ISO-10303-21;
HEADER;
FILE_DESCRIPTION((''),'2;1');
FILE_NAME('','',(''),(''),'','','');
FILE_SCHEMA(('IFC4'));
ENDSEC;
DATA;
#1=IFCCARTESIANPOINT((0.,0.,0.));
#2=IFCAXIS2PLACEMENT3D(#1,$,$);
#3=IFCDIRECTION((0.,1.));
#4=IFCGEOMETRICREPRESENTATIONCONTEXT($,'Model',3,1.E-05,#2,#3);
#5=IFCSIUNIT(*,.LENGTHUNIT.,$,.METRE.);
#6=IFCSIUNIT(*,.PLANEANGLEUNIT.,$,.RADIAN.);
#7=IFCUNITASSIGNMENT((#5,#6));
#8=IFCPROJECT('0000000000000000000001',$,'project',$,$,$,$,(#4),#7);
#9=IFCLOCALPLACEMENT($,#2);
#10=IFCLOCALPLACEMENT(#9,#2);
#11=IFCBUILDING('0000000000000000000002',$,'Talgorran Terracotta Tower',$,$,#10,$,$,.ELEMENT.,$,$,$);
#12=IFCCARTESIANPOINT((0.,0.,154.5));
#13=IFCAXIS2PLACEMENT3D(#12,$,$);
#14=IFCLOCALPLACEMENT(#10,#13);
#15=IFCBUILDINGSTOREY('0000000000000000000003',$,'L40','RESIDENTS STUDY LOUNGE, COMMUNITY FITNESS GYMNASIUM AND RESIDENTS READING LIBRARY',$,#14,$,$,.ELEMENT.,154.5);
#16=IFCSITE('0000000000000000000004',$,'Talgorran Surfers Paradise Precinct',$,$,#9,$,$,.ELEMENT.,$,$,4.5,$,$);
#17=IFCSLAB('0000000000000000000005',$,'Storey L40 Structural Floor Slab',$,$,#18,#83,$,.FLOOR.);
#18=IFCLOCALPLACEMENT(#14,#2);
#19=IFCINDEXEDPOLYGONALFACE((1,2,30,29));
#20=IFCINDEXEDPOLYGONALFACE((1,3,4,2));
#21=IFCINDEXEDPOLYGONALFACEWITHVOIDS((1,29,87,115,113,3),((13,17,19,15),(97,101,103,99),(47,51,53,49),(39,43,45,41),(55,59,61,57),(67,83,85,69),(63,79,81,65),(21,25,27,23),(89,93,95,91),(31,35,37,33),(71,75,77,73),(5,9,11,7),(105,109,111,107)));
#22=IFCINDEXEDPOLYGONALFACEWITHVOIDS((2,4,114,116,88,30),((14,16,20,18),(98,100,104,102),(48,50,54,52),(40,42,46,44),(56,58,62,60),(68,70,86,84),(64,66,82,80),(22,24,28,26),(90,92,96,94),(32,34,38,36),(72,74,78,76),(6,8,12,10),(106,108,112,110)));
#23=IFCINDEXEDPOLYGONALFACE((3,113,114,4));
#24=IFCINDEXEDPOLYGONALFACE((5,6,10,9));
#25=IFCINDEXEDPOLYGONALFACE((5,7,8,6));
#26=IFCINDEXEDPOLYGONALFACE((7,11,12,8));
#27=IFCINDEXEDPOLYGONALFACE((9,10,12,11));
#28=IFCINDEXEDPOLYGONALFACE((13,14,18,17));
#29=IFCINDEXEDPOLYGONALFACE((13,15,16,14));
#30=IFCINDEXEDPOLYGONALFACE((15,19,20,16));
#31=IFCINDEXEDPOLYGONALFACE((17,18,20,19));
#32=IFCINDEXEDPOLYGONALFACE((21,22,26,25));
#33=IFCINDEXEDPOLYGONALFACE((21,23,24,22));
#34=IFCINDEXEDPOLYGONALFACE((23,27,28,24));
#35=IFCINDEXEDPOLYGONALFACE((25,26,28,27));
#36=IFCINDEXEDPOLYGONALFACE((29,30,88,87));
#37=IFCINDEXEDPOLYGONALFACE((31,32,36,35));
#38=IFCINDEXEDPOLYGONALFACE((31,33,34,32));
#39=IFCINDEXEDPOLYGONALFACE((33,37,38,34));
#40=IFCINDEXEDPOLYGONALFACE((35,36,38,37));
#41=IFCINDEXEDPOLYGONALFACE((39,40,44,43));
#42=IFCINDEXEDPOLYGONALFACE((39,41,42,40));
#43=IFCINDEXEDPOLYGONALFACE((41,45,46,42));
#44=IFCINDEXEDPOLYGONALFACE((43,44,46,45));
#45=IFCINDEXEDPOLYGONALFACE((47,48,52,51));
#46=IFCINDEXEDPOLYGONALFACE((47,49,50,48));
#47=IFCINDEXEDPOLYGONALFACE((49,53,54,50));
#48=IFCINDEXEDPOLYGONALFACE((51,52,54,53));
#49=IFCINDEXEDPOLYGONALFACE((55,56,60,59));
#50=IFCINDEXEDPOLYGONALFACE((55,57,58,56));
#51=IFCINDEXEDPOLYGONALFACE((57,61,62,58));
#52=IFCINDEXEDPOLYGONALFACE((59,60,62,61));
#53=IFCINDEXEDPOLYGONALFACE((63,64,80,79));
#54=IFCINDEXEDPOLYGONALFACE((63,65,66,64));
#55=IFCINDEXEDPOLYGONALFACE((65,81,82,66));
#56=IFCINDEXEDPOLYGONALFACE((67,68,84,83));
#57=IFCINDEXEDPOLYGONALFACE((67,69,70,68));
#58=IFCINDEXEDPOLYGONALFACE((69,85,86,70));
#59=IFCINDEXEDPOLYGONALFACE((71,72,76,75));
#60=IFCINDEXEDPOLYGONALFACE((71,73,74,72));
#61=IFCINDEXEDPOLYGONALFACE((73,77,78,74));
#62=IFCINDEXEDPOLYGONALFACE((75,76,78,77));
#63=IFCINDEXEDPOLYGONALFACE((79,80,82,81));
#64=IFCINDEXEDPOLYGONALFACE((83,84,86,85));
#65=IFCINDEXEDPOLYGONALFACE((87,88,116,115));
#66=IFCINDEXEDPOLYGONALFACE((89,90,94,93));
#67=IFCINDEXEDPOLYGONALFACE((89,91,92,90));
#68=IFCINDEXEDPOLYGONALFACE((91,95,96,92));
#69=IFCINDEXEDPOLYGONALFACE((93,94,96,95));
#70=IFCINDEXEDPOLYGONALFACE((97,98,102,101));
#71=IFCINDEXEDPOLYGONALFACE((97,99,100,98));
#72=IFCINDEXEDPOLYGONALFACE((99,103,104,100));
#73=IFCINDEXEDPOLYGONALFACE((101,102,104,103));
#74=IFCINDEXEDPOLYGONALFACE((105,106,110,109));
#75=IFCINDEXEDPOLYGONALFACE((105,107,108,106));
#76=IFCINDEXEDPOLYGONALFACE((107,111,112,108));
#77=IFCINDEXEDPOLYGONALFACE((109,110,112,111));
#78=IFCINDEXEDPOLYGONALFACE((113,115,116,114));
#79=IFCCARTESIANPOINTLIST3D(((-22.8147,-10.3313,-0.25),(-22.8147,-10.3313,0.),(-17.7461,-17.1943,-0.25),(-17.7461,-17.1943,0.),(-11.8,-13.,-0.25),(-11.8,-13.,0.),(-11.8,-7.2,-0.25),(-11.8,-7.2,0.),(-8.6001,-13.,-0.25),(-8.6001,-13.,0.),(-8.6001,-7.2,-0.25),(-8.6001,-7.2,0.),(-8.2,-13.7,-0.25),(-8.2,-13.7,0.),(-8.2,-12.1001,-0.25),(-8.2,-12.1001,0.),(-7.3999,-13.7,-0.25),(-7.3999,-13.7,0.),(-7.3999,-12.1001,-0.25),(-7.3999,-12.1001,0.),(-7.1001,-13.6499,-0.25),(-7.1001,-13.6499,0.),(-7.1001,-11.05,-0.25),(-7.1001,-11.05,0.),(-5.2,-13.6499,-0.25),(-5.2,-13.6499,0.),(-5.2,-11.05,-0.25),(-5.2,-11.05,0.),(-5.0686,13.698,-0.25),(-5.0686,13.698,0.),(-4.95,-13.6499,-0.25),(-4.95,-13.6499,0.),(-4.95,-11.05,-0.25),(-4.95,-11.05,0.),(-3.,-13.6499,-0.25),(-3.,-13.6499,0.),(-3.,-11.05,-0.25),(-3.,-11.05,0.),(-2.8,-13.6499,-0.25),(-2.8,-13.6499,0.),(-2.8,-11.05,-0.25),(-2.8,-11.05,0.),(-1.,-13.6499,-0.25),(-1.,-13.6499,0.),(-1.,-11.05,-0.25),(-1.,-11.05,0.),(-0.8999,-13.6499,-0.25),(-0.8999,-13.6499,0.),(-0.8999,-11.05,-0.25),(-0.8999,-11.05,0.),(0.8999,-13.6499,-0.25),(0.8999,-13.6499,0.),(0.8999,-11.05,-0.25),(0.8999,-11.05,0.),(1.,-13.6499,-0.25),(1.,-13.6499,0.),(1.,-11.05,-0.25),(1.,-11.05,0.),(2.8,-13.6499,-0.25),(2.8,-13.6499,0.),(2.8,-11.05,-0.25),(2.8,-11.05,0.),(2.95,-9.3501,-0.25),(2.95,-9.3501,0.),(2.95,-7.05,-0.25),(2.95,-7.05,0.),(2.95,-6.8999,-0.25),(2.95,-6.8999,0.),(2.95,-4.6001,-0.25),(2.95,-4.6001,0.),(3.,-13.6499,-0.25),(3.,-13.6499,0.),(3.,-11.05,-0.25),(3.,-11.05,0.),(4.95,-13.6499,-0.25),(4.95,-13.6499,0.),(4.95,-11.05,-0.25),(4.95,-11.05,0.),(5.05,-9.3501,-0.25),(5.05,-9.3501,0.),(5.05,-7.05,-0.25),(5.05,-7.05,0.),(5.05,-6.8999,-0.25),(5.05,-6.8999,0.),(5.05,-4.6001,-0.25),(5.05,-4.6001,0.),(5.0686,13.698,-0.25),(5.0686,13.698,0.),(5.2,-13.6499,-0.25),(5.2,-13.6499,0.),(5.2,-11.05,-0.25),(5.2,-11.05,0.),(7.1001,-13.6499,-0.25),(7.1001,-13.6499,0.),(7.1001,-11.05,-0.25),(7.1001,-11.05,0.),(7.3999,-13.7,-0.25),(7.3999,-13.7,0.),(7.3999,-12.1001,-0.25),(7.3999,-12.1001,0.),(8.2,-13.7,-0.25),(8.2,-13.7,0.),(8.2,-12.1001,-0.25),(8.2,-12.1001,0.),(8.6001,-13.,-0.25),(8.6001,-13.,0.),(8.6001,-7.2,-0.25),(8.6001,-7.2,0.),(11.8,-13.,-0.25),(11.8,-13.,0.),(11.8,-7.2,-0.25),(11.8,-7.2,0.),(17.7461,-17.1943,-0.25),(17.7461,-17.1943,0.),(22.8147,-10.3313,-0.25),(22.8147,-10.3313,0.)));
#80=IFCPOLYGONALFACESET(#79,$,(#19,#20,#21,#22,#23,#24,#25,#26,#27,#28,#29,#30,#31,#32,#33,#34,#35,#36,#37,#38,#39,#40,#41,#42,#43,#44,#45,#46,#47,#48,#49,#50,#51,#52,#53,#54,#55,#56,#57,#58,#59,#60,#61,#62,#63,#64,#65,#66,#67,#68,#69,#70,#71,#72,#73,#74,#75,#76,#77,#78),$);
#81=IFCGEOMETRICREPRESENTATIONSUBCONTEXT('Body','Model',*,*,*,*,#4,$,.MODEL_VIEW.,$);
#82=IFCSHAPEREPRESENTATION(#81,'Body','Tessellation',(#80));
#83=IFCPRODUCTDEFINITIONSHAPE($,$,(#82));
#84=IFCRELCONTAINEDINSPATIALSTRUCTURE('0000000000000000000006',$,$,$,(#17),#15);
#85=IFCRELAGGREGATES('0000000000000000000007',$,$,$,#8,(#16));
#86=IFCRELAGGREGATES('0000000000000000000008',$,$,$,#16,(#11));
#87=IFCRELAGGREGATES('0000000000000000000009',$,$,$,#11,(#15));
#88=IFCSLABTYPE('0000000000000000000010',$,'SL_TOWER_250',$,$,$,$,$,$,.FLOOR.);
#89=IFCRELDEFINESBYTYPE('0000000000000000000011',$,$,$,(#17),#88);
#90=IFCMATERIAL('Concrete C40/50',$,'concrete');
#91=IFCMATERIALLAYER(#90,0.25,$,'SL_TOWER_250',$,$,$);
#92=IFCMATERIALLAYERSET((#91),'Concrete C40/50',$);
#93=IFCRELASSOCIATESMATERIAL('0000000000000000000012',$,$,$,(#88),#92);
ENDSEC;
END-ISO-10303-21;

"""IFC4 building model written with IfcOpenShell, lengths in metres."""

from ifc_helpers import new_model, si_unit, direction, frame, origin, place, context, subcontext, project, spatial, polyline, outline, extrude, material, layer, layer_set, type_object, element, save


model = new_model("IFC4")

# Units and contexts
model_context = context("Model", 3, precision=1e-05, world=origin(), true_north=direction((0.0, 1.0)))
body_context = subcontext(model_context, "Body", "Model", "MODEL_VIEW")
ifc_project = project(units=[si_unit("LENGTHUNIT", "METRE"), si_unit("PLANEANGLEUNIT", "RADIAN")], contexts=[model_context])

# Site, building, storey
site_placement = place(None, origin())
site = spatial("IfcSite", under=ifc_project, at=site_placement, Name="Talgorran Surfers Paradise Precinct", CompositionType="ELEMENT", RefElevation=4.5)
building_placement = place(site_placement, origin())
building = spatial("IfcBuilding", under=site, at=building_placement, Name="Talgorran Terracotta Tower", CompositionType="ELEMENT")
storey_placement = place(building_placement, frame((0.0, 0.0, 154.5)))
storey = spatial("IfcBuildingStorey", under=building, at=storey_placement, Name="L40", Description="RESIDENTS STUDY LOUNGE, COMMUNITY FITNESS GYMNASIUM AND RESIDENTS READING LIBRARY", CompositionType="ELEMENT", Elevation=154.5)

# Slab
ifc_material_1 = material(Name="Concrete C40/50", Category="concrete")
ifc_layer_1 = layer(ifc_material_1, 0.25, Name="SL_TOWER_250")
ifc_layer_set_1 = layer_set([ifc_layer_1], Name="Concrete C40/50")
slab_type_1 = type_object("IfcSlabType", Name="SL_TOWER_250", PredefinedType="FLOOR", material=ifc_layer_set_1)
slab_1_placement = place(storey_placement, frame((0.0, 0.0, -0.25)))
element("IfcSlab", 1, at=slab_1_placement, inside=storey, type_object=slab_type_1, Name="Storey L40 Structural Floor Slab", PredefinedType="FLOOR", context=body_context, shape_type="SweptSolid", body=[
    extrude(outline(polyline([(-22.8147, -10.3313), (-17.7461, -17.1943), (17.7461, -17.1943), (22.8147, -10.3313), (5.0686, 13.698), (-5.0686, 13.698), (-22.8147, -10.3313)]), holes=[polyline([(-11.8, -7.2), (-11.8, -13.0), (-8.6001, -13.0), (-8.6001, -7.2), (-11.8, -7.2)]), polyline([(8.6001, -7.2), (8.6001, -13.0), (11.8, -13.0), (11.8, -7.2), (8.6001, -7.2)]), polyline([(-7.1001, -13.6499), (-5.2, -13.6499), (-5.2, -11.05), (-7.1001, -11.05), (-7.1001, -13.6499)]), polyline([(5.2, -13.6499), (7.1001, -13.6499), (7.1001, -11.05), (5.2, -11.05), (5.2, -13.6499)]), polyline([(3.0, -13.6499), (4.95, -13.6499), (4.95, -11.05), (3.0, -11.05), (3.0, -13.6499)]), polyline([(-4.95, -13.6499), (-3.0, -13.6499), (-3.0, -11.05), (-4.95, -11.05), (-4.95, -13.6499)]), polyline([(2.95, -9.3501), (5.05, -9.3501), (5.05, -7.05), (2.95, -7.05), (2.95, -9.3501)]), polyline([(2.95, -6.8999), (5.05, -6.8999), (5.05, -4.6001), (2.95, -4.6001), (2.95, -6.8999)]), polyline([(-2.8, -13.6499), (-1.0, -13.6499), (-1.0, -11.05), (-2.8, -11.05), (-2.8, -13.6499)]), polyline([(-0.8999, -13.6499), (0.8999, -13.6499), (0.8999, -11.05), (-0.8999, -11.05), (-0.8999, -13.6499)]), polyline([(1.0, -13.6499), (2.8, -13.6499), (2.8, -11.05), (1.0, -11.05), (1.0, -13.6499)]), polyline([(-8.2, -13.7), (-7.3999, -13.7), (-7.3999, -12.1001), (-8.2, -12.1001), (-8.2, -13.7)]), polyline([(7.3999, -13.7), (8.2, -13.7), (8.2, -12.1001), (7.3999, -12.1001), (7.3999, -13.7)])]), origin(), (0.0, 0.0, 1.0), 0.25),
])

save(model, "model.ifc")
